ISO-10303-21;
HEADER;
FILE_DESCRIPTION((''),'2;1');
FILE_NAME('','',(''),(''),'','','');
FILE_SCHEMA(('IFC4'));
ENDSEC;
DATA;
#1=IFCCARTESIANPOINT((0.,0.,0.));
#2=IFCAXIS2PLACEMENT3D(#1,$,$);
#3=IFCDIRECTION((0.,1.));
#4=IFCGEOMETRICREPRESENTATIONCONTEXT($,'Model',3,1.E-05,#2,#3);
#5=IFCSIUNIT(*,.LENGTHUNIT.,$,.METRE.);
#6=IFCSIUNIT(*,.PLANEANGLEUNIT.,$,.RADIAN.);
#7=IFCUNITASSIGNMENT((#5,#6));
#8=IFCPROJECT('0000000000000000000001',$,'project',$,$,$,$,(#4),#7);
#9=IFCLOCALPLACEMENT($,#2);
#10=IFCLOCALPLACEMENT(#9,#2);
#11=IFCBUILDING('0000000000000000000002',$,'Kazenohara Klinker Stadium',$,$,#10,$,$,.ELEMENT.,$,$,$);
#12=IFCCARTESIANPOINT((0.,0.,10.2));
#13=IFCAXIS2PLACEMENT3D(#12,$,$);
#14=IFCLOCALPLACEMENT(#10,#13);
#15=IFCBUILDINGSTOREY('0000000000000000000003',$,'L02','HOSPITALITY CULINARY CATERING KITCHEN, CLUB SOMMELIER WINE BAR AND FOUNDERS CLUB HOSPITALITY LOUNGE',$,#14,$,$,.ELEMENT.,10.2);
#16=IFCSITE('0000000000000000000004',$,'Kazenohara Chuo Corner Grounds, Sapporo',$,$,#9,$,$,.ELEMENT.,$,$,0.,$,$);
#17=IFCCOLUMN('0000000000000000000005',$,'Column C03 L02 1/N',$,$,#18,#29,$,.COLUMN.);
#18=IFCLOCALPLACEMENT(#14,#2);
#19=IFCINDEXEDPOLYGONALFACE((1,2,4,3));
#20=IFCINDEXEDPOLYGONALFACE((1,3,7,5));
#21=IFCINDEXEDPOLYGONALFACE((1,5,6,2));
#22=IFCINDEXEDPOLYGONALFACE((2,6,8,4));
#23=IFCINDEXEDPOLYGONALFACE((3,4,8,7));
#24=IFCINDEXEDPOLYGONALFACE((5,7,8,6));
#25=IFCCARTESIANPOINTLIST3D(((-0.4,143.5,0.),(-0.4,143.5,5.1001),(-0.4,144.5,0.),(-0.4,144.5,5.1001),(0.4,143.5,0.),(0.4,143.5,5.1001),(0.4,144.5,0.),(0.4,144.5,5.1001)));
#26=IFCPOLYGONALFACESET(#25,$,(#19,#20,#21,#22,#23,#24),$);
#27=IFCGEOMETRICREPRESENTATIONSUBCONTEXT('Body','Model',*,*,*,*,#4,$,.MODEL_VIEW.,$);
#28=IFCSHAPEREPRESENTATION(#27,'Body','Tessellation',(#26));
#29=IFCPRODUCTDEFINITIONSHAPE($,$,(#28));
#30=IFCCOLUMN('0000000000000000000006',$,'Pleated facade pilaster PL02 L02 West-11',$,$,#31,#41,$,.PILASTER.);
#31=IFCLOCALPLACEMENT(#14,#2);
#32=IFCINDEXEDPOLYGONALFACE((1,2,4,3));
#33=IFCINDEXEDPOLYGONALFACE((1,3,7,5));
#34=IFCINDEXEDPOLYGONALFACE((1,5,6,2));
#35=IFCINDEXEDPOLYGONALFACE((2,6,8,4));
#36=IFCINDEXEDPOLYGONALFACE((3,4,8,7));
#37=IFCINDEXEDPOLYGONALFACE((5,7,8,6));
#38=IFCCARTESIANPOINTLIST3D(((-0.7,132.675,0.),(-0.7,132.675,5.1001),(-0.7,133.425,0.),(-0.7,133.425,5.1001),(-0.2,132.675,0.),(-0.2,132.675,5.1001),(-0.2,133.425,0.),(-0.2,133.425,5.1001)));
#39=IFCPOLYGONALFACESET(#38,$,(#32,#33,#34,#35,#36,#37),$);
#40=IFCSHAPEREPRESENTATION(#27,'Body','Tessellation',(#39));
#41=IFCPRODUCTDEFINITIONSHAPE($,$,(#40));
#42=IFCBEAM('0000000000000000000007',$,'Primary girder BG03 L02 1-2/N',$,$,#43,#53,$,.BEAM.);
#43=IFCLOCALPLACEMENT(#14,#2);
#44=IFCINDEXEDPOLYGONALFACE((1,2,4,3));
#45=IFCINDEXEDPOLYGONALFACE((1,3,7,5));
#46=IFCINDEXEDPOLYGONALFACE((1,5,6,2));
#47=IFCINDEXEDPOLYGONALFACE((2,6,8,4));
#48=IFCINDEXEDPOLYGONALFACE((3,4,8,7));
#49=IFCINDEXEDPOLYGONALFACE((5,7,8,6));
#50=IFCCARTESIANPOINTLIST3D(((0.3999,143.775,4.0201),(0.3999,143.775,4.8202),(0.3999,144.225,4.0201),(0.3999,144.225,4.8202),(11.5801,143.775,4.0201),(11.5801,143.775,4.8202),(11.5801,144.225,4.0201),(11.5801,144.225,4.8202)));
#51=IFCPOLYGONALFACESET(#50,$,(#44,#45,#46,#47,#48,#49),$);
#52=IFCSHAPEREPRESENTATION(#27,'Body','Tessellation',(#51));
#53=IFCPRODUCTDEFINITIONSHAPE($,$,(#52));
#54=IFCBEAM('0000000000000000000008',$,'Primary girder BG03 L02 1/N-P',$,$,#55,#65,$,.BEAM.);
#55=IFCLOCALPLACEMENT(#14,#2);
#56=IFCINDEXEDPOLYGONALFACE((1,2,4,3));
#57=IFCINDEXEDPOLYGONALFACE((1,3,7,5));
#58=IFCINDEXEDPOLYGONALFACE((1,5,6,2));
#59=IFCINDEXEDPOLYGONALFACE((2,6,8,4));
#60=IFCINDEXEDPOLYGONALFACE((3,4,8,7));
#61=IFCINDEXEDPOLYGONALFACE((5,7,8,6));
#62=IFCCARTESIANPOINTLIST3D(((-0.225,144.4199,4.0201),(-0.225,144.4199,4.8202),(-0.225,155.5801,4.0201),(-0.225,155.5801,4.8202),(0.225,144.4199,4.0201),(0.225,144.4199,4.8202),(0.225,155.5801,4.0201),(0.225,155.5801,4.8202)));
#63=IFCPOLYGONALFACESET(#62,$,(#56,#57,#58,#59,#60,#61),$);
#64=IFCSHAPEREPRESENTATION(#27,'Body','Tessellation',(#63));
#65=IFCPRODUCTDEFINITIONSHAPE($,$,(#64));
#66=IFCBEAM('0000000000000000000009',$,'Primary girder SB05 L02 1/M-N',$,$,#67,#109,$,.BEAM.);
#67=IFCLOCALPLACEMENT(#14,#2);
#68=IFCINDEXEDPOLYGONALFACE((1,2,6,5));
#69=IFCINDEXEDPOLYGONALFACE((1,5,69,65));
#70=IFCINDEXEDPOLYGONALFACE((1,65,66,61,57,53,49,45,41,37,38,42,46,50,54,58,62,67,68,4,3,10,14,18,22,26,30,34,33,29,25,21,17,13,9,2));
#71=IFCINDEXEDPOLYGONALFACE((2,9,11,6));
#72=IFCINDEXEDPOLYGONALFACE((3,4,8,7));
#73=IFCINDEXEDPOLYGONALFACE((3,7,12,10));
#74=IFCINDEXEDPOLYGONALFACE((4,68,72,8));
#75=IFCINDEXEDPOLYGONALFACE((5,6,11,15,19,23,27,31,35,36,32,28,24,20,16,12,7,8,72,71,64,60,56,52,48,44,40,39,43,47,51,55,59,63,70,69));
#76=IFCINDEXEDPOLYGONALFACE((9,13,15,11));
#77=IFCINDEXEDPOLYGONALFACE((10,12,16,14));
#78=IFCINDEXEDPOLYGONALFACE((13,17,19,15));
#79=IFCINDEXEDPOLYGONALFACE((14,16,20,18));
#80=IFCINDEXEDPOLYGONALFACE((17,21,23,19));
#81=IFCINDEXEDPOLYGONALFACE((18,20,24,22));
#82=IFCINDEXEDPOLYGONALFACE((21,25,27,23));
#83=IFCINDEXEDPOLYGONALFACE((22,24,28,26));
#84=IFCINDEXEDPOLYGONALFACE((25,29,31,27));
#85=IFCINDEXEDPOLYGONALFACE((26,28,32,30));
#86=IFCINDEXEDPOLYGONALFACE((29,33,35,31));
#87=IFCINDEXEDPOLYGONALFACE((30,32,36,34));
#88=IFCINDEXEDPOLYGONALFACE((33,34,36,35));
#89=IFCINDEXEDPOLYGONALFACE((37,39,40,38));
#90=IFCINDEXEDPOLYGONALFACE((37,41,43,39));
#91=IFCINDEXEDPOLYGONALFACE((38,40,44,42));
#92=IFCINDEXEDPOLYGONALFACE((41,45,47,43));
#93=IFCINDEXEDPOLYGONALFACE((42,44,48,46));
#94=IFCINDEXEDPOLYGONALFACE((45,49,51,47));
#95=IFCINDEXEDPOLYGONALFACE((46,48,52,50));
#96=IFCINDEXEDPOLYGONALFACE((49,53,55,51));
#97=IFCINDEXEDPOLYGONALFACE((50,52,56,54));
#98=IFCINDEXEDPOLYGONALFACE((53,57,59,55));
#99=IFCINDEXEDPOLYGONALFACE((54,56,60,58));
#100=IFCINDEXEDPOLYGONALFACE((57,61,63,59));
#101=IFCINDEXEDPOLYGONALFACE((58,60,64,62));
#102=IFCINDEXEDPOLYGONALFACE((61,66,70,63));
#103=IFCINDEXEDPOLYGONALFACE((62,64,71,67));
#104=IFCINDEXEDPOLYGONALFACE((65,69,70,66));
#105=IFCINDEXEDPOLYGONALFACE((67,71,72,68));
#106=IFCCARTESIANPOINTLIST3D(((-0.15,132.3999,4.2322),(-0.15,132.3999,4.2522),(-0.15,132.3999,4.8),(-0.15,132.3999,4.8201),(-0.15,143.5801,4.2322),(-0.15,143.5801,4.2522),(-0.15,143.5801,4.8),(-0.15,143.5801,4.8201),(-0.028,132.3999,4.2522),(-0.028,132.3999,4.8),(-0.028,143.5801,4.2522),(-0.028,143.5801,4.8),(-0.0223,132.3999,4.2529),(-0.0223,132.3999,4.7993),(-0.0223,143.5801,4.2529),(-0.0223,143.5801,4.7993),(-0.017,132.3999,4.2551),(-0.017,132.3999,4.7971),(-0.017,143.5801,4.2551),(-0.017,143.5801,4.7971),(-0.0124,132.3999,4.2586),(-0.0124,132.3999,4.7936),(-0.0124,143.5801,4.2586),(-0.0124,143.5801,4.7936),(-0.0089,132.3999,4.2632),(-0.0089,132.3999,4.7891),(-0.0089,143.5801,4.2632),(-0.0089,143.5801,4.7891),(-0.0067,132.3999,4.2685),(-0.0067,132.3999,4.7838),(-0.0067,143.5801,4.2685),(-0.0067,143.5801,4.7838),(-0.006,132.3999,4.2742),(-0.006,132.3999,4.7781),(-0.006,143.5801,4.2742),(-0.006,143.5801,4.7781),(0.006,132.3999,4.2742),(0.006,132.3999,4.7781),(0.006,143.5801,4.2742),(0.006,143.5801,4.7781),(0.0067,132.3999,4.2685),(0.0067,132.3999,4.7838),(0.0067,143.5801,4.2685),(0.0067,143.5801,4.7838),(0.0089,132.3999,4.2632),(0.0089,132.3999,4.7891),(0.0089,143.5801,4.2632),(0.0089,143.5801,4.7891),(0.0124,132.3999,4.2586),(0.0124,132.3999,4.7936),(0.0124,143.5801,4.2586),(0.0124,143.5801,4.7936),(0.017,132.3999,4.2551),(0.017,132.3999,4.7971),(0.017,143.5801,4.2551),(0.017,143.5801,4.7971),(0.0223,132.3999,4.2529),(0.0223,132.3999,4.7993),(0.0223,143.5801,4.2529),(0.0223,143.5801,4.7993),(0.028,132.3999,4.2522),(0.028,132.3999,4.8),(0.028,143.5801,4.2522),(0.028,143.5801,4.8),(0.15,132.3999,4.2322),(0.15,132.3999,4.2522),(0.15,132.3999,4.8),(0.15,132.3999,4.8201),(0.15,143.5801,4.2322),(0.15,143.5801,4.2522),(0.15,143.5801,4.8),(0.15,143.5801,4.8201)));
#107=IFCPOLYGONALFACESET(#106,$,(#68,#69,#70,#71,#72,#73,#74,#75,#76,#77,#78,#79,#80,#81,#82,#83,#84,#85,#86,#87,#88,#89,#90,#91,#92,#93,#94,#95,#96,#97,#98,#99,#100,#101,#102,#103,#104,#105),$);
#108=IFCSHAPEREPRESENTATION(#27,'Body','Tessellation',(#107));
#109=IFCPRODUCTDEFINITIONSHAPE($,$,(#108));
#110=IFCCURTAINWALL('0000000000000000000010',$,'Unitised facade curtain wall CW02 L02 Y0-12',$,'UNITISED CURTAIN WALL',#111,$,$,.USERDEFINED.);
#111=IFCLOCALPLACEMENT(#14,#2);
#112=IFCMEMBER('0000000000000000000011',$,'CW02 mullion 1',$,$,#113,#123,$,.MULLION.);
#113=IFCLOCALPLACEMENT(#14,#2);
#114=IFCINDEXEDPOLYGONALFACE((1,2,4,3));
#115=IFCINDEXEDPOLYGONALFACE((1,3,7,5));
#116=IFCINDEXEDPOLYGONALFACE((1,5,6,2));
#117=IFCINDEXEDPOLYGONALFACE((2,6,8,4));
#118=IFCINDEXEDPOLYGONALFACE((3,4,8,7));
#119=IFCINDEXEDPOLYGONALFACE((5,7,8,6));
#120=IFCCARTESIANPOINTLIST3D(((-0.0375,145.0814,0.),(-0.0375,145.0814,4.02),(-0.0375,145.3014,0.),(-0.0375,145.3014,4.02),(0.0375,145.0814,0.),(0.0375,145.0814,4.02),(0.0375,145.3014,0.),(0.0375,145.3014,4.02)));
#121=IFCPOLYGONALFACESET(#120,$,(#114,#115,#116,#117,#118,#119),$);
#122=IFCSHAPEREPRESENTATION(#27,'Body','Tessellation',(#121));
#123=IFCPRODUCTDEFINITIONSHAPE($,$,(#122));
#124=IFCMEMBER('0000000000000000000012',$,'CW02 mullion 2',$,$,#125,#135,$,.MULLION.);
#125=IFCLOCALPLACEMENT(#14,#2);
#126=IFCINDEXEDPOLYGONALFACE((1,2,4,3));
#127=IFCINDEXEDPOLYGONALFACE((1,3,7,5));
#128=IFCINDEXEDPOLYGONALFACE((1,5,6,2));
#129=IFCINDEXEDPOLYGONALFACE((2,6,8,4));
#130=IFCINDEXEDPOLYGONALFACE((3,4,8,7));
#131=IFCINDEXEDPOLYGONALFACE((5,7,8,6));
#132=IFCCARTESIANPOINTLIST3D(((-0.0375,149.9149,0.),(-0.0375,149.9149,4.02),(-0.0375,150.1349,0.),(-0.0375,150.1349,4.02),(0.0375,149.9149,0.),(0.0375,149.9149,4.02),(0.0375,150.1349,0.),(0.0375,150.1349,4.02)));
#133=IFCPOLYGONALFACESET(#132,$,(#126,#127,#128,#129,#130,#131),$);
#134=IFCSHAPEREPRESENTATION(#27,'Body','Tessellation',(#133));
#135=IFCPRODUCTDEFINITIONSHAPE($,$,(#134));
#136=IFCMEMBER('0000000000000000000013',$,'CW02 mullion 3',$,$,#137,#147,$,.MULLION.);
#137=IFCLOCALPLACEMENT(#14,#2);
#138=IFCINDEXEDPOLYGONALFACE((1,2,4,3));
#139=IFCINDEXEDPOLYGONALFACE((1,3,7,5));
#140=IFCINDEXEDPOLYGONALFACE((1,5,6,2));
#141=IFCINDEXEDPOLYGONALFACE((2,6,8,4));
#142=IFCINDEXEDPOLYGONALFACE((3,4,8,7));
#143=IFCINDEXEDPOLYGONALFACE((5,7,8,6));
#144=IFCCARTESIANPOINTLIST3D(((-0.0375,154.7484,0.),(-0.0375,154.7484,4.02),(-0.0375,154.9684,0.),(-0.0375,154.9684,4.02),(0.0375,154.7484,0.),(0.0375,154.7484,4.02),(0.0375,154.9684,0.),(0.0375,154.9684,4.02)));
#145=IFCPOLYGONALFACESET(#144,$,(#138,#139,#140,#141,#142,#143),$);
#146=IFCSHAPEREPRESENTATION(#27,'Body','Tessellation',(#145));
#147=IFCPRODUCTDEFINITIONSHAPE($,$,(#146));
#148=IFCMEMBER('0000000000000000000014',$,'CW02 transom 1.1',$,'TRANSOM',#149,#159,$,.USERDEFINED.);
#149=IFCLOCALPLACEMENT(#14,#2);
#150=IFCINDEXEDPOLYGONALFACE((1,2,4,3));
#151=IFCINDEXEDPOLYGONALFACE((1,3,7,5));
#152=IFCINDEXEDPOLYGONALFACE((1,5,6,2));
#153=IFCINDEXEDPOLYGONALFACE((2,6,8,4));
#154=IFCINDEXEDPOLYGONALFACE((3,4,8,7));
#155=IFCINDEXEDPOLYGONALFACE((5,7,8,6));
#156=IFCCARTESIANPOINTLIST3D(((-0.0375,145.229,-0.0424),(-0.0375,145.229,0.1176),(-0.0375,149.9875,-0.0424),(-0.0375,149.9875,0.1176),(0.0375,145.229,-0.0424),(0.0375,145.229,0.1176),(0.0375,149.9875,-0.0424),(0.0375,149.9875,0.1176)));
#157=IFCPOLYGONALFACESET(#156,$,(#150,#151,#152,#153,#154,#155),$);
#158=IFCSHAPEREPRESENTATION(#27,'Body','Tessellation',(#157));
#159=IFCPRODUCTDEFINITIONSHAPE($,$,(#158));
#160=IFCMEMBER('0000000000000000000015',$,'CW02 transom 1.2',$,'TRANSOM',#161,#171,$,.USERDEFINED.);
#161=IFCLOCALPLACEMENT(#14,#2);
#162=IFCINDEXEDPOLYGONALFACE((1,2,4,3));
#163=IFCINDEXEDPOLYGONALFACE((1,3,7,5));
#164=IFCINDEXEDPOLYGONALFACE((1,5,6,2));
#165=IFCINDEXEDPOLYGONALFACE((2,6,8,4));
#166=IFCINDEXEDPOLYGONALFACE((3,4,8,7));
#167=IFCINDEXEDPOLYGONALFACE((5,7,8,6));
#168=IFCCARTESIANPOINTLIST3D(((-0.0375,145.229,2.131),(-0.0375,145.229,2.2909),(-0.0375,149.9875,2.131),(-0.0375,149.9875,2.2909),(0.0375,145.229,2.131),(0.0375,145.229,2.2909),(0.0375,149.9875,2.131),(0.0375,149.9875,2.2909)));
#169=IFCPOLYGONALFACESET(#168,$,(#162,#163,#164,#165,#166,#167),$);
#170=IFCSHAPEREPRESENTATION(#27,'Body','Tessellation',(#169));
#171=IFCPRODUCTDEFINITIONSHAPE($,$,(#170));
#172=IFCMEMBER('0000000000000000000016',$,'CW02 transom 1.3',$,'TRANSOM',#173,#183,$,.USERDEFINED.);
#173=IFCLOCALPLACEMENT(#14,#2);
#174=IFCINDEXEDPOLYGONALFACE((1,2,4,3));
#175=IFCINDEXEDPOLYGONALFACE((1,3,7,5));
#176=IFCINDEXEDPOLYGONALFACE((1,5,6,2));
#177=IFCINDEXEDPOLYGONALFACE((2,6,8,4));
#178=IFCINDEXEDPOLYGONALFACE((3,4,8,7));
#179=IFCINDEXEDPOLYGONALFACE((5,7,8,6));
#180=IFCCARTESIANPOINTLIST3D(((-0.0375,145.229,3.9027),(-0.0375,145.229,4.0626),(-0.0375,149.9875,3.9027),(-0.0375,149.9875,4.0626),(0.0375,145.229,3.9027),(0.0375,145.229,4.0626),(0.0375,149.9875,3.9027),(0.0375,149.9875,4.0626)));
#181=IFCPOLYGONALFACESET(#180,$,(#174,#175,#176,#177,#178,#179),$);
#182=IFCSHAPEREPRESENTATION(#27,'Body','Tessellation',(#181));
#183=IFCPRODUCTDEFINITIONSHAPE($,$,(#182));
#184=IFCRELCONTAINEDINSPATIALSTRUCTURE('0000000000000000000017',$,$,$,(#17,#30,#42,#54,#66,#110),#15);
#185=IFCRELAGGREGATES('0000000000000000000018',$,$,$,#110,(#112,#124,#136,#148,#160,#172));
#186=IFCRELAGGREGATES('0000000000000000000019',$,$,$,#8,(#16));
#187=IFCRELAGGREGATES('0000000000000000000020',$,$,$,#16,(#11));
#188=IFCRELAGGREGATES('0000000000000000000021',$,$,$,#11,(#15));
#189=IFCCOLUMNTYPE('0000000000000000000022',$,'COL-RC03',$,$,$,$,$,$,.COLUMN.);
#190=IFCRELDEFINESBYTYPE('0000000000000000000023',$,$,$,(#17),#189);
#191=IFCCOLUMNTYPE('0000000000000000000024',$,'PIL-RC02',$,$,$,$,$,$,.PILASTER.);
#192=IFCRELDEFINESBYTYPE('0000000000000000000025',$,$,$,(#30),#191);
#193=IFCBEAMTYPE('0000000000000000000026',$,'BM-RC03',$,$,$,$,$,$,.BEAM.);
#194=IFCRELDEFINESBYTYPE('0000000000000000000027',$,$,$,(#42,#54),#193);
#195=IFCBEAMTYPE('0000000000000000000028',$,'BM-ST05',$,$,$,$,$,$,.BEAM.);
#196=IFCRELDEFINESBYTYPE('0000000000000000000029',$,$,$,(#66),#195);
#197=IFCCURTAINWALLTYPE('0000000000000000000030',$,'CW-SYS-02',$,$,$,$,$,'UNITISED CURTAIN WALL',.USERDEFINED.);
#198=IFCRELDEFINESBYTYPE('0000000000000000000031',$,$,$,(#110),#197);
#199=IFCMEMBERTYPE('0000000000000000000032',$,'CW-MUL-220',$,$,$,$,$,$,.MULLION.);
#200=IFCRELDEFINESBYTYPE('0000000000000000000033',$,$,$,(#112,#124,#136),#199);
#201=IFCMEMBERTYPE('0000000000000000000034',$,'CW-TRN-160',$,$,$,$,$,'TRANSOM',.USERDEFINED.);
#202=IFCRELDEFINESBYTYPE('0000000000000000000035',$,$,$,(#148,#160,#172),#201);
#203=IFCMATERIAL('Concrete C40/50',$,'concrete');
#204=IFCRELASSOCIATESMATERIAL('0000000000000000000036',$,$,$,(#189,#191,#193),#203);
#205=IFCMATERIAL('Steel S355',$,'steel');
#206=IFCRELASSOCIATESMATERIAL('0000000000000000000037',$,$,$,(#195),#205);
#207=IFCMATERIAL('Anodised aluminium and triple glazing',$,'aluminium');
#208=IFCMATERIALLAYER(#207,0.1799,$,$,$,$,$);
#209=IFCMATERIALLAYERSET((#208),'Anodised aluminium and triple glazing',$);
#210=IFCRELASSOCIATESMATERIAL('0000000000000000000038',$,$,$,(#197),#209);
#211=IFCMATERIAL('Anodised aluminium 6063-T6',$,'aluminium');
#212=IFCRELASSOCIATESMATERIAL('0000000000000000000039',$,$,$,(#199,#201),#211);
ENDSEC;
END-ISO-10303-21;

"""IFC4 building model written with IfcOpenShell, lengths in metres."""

from ifc_helpers import new_model, si_unit, direction, frame, origin, origin_2d, place, context, subcontext, project, spatial, rectangle, i_section, extrude, material, layer, layer_set, material_profile, profile_set, type_object, element, aggregate, save


model = new_model("IFC4")

# Units and contexts
model_context = context("Model", 3, precision=1e-05, world=origin(), true_north=direction((0.0, 1.0)))
body_context = subcontext(model_context, "Body", "Model", "MODEL_VIEW")
ifc_project = project(units=[si_unit("LENGTHUNIT", "METRE"), si_unit("PLANEANGLEUNIT", "RADIAN")], contexts=[model_context])

# Site, building, storey
site_placement = place(None, origin())
site = spatial("IfcSite", under=ifc_project, at=site_placement, Name="Kazenohara Chuo Corner Grounds, Sapporo", CompositionType="ELEMENT", RefElevation=0.0)
building_placement = place(site_placement, origin())
building = spatial("IfcBuilding", under=site, at=building_placement, Name="Kazenohara Klinker Stadium", CompositionType="ELEMENT")
storey_placement = place(building_placement, frame((0.0, 0.0, 10.2)))
storey = spatial("IfcBuildingStorey", under=building, at=storey_placement, Name="L02", Description="HOSPITALITY CULINARY CATERING KITCHEN, CLUB SOMMELIER WINE BAR AND FOUNDERS CLUB HOSPITALITY LOUNGE", CompositionType="ELEMENT", Elevation=10.2)

# Columns
ifc_material_1 = material(Name="Concrete C40/50", Category="concrete")
ifc_material_profile_1 = material_profile(ifc_material_1, rectangle(XDim=0.8, YDim=1.0, at=origin_2d()), Name="RC-COL-1000x800")
ifc_profile_set_1 = profile_set([ifc_material_profile_1], Name="Concrete C40/50")
column_type_1 = type_object("IfcColumnType", Name="COL-RC03", PredefinedType="COLUMN", material=ifc_profile_set_1)
column_1_placement = place(storey_placement, frame((0.0, 144.0, 0.0), z_axis=(0.0, 0.0, 1.0), x_axis=(1.0, 0.0, 0.0)))
element("IfcColumn", 1, at=column_1_placement, inside=storey, type_object=column_type_1, Name="Column C03 L02 1/N", PredefinedType="COLUMN", context=body_context, shape_type="SweptSolid", body=[
    extrude(rectangle(XDim=0.8, YDim=1.0, at=origin_2d()), origin(), (0.0, 0.0, 1.0), 5.1001),
])
ifc_material_profile_2 = material_profile(ifc_material_1, rectangle(XDim=0.5, YDim=0.75, at=origin_2d()), Name="RC-PILASTER-500x750")
ifc_profile_set_2 = profile_set([ifc_material_profile_2], Name="Concrete C40/50")
column_type_2 = type_object("IfcColumnType", Name="PIL-RC02", PredefinedType="PILASTER", material=ifc_profile_set_2)
column_2_placement = place(storey_placement, frame((-0.45, 133.05, 0.0), z_axis=(0.0, 0.0, 1.0), x_axis=(1.0, 0.0, 0.0)))
element("IfcColumn", 2, at=column_2_placement, inside=storey, type_object=column_type_2, Name="Pleated facade pilaster PL02 L02 West-11", PredefinedType="PILASTER", context=body_context, shape_type="SweptSolid", body=[
    extrude(rectangle(XDim=0.5, YDim=0.75, at=origin_2d()), origin(), (0.0, 0.0, 1.0), 5.1001),
])

# Beams
ifc_material_profile_3 = material_profile(ifc_material_1, rectangle(XDim=0.45, YDim=0.8, at=origin_2d()), Name="RC-BM-450x800")
ifc_profile_set_3 = profile_set([ifc_material_profile_3], Name="Concrete C40/50")
beam_type_1 = type_object("IfcBeamType", Name="BM-RC03", PredefinedType="BEAM", material=ifc_profile_set_3)
beam_1_placement = place(storey_placement, frame((0.3999, 144.0, 4.4202), z_axis=(1.0, 0.0, 0.0), x_axis=(0.0, 1.0, 0.0)))
element("IfcBeam", 3, at=beam_1_placement, inside=storey, type_object=beam_type_1, Name="Primary girder BG03 L02 1-2/N", PredefinedType="BEAM", context=body_context, shape_type="SweptSolid", body=[
    extrude(rectangle(XDim=0.45, YDim=0.8, at=origin_2d()), origin(), (0.0, 0.0, 1.0), 11.1802),
])
beam_2_placement = place(storey_placement, frame((0.0, 144.4199, 4.4202), z_axis=(0.0, 1.0, 0.0), x_axis=(-1.0, 0.0, 0.0)))
element("IfcBeam", 4, at=beam_2_placement, inside=storey, type_object=beam_type_1, Name="Primary girder BG03 L02 1/N-P", PredefinedType="BEAM", context=body_context, shape_type="SweptSolid", body=[
    extrude(rectangle(XDim=0.45, YDim=0.8, at=origin_2d()), origin(), (0.0, 0.0, 1.0), 11.1602),
])
ifc_material_2 = material(Name="Steel S355", Category="steel")
ifc_material_profile_4 = material_profile(ifc_material_2, i_section(OverallWidth=0.3, OverallDepth=0.5879, WebThickness=0.012, FlangeThickness=0.02, FilletRadius=0.022, at=origin_2d()), Name="H-588x300x12x20")
ifc_profile_set_4 = profile_set([ifc_material_profile_4], Name="Steel S355")
beam_type_2 = type_object("IfcBeamType", Name="BM-ST05", PredefinedType="BEAM", material=ifc_profile_set_4)
beam_3_placement = place(storey_placement, frame((0.0, 132.3999, 4.5261), z_axis=(0.0, 1.0, 0.0), x_axis=(-1.0, 0.0, 0.0)))
element("IfcBeam", 5, at=beam_3_placement, inside=storey, type_object=beam_type_2, Name="Primary girder SB05 L02 1/M-N", PredefinedType="BEAM", context=body_context, shape_type="SweptSolid", body=[
    extrude(i_section(OverallWidth=0.3, OverallDepth=0.5879, WebThickness=0.012, FlangeThickness=0.02, FilletRadius=0.022, at=origin_2d()), origin(), (0.0, 0.0, 1.0), 11.1802),
])

# Curtain wall, members
ifc_material_3 = material(Name="Anodised aluminium and triple glazing", Category="aluminium")
ifc_layer_1 = layer(ifc_material_3, 0.1799)
ifc_layer_set_1 = layer_set([ifc_layer_1], Name="Anodised aluminium and triple glazing")
curtain_wall_type = type_object("IfcCurtainWallType", Name="CW-SYS-02", ElementType="UNITISED CURTAIN WALL", PredefinedType="USERDEFINED", material=ifc_layer_set_1)
curtain_wall_placement = place(storey_placement, origin())
curtain_wall = element("IfcCurtainWall", 6, at=curtain_wall_placement, inside=storey, type_object=curtain_wall_type, Name="Unitised facade curtain wall CW02 L02 Y0-12", ObjectType="UNITISED CURTAIN WALL", PredefinedType="USERDEFINED")
ifc_material_4 = material(Name="Anodised aluminium 6063-T6", Category="aluminium")
ifc_material_profile_5 = material_profile(ifc_material_4, rectangle(XDim=0.075, YDim=0.22, at=origin_2d()), Name="ALU-MUL-75x220")
ifc_profile_set_5 = profile_set([ifc_material_profile_5], Name="Anodised aluminium 6063-T6")
member_type_1 = type_object("IfcMemberType", Name="CW-MUL-220", PredefinedType="MULLION", material=ifc_profile_set_5)
member_1_placement = place(storey_placement, frame((0.0, 145.1914, 0.0), z_axis=(0.0, 0.0, 1.0), x_axis=(-1.0, 0.0, 0.0)))
member_1 = element("IfcMember", 7, at=member_1_placement, type_object=member_type_1, Name="CW02 mullion 1", PredefinedType="MULLION", context=body_context, shape_type="SweptSolid", body=[
    extrude(rectangle(XDim=0.075, YDim=0.22, at=origin_2d()), origin(), (0.0, 0.0, 1.0), 4.02),
])
member_2_placement = place(storey_placement, frame((0.0, 150.0249, 0.0), z_axis=(0.0, 0.0, 1.0), x_axis=(-1.0, 0.0, 0.0)))
member_2 = element("IfcMember", 8, at=member_2_placement, type_object=member_type_1, Name="CW02 mullion 2", PredefinedType="MULLION", context=body_context, shape_type="SweptSolid", body=[
    extrude(rectangle(XDim=0.075, YDim=0.22, at=origin_2d()), origin(), (0.0, 0.0, 1.0), 4.02),
])
member_3_placement = place(storey_placement, frame((0.0, 154.8584, 0.0), z_axis=(0.0, 0.0, 1.0), x_axis=(-1.0, 0.0, 0.0)))
member_3 = element("IfcMember", 9, at=member_3_placement, type_object=member_type_1, Name="CW02 mullion 3", PredefinedType="MULLION", context=body_context, shape_type="SweptSolid", body=[
    extrude(rectangle(XDim=0.075, YDim=0.22, at=origin_2d()), origin(), (0.0, 0.0, 1.0), 4.02),
])
ifc_material_profile_6 = material_profile(ifc_material_4, rectangle(XDim=0.075, YDim=0.1599, at=origin_2d()), Name="ALU-TRN-75x160")
ifc_profile_set_6 = profile_set([ifc_material_profile_6], Name="Anodised aluminium 6063-T6")
member_type_2 = type_object("IfcMemberType", Name="CW-TRN-160", ElementType="TRANSOM", PredefinedType="USERDEFINED", material=ifc_profile_set_6)
member_4_placement = place(storey_placement, frame((0.0, 145.229, 0.0376), z_axis=(0.0, 1.0, 0.0), x_axis=(-1.0, 0.0, 0.0)))
member_4 = element("IfcMember", 10, at=member_4_placement, type_object=member_type_2, Name="CW02 transom 1.1", ObjectType="TRANSOM", PredefinedType="USERDEFINED", context=body_context, shape_type="SweptSolid", body=[
    extrude(rectangle(XDim=0.075, YDim=0.1599, at=origin_2d()), origin(), (0.0, 0.0, 1.0), 4.7585),
])
member_5_placement = place(storey_placement, frame((0.0, 145.229, 2.2109), z_axis=(0.0, 1.0, 0.0), x_axis=(-1.0, 0.0, 0.0)))
member_5 = element("IfcMember", 11, at=member_5_placement, type_object=member_type_2, Name="CW02 transom 1.2", ObjectType="TRANSOM", PredefinedType="USERDEFINED", context=body_context, shape_type="SweptSolid", body=[
    extrude(rectangle(XDim=0.075, YDim=0.1599, at=origin_2d()), origin(), (0.0, 0.0, 1.0), 4.7585),
])
member_6_placement = place(storey_placement, frame((0.0, 145.229, 3.9827), z_axis=(0.0, 1.0, 0.0), x_axis=(-1.0, 0.0, 0.0)))
member_6 = element("IfcMember", 12, at=member_6_placement, type_object=member_type_2, Name="CW02 transom 1.3", ObjectType="TRANSOM", PredefinedType="USERDEFINED", context=body_context, shape_type="SweptSolid", body=[
    extrude(rectangle(XDim=0.075, YDim=0.1599, at=origin_2d()), origin(), (0.0, 0.0, 1.0), 4.7585),
])
aggregate(curtain_wall, [member_1, member_2, member_3, member_4, member_5, member_6])

save(model, "model.ifc")
